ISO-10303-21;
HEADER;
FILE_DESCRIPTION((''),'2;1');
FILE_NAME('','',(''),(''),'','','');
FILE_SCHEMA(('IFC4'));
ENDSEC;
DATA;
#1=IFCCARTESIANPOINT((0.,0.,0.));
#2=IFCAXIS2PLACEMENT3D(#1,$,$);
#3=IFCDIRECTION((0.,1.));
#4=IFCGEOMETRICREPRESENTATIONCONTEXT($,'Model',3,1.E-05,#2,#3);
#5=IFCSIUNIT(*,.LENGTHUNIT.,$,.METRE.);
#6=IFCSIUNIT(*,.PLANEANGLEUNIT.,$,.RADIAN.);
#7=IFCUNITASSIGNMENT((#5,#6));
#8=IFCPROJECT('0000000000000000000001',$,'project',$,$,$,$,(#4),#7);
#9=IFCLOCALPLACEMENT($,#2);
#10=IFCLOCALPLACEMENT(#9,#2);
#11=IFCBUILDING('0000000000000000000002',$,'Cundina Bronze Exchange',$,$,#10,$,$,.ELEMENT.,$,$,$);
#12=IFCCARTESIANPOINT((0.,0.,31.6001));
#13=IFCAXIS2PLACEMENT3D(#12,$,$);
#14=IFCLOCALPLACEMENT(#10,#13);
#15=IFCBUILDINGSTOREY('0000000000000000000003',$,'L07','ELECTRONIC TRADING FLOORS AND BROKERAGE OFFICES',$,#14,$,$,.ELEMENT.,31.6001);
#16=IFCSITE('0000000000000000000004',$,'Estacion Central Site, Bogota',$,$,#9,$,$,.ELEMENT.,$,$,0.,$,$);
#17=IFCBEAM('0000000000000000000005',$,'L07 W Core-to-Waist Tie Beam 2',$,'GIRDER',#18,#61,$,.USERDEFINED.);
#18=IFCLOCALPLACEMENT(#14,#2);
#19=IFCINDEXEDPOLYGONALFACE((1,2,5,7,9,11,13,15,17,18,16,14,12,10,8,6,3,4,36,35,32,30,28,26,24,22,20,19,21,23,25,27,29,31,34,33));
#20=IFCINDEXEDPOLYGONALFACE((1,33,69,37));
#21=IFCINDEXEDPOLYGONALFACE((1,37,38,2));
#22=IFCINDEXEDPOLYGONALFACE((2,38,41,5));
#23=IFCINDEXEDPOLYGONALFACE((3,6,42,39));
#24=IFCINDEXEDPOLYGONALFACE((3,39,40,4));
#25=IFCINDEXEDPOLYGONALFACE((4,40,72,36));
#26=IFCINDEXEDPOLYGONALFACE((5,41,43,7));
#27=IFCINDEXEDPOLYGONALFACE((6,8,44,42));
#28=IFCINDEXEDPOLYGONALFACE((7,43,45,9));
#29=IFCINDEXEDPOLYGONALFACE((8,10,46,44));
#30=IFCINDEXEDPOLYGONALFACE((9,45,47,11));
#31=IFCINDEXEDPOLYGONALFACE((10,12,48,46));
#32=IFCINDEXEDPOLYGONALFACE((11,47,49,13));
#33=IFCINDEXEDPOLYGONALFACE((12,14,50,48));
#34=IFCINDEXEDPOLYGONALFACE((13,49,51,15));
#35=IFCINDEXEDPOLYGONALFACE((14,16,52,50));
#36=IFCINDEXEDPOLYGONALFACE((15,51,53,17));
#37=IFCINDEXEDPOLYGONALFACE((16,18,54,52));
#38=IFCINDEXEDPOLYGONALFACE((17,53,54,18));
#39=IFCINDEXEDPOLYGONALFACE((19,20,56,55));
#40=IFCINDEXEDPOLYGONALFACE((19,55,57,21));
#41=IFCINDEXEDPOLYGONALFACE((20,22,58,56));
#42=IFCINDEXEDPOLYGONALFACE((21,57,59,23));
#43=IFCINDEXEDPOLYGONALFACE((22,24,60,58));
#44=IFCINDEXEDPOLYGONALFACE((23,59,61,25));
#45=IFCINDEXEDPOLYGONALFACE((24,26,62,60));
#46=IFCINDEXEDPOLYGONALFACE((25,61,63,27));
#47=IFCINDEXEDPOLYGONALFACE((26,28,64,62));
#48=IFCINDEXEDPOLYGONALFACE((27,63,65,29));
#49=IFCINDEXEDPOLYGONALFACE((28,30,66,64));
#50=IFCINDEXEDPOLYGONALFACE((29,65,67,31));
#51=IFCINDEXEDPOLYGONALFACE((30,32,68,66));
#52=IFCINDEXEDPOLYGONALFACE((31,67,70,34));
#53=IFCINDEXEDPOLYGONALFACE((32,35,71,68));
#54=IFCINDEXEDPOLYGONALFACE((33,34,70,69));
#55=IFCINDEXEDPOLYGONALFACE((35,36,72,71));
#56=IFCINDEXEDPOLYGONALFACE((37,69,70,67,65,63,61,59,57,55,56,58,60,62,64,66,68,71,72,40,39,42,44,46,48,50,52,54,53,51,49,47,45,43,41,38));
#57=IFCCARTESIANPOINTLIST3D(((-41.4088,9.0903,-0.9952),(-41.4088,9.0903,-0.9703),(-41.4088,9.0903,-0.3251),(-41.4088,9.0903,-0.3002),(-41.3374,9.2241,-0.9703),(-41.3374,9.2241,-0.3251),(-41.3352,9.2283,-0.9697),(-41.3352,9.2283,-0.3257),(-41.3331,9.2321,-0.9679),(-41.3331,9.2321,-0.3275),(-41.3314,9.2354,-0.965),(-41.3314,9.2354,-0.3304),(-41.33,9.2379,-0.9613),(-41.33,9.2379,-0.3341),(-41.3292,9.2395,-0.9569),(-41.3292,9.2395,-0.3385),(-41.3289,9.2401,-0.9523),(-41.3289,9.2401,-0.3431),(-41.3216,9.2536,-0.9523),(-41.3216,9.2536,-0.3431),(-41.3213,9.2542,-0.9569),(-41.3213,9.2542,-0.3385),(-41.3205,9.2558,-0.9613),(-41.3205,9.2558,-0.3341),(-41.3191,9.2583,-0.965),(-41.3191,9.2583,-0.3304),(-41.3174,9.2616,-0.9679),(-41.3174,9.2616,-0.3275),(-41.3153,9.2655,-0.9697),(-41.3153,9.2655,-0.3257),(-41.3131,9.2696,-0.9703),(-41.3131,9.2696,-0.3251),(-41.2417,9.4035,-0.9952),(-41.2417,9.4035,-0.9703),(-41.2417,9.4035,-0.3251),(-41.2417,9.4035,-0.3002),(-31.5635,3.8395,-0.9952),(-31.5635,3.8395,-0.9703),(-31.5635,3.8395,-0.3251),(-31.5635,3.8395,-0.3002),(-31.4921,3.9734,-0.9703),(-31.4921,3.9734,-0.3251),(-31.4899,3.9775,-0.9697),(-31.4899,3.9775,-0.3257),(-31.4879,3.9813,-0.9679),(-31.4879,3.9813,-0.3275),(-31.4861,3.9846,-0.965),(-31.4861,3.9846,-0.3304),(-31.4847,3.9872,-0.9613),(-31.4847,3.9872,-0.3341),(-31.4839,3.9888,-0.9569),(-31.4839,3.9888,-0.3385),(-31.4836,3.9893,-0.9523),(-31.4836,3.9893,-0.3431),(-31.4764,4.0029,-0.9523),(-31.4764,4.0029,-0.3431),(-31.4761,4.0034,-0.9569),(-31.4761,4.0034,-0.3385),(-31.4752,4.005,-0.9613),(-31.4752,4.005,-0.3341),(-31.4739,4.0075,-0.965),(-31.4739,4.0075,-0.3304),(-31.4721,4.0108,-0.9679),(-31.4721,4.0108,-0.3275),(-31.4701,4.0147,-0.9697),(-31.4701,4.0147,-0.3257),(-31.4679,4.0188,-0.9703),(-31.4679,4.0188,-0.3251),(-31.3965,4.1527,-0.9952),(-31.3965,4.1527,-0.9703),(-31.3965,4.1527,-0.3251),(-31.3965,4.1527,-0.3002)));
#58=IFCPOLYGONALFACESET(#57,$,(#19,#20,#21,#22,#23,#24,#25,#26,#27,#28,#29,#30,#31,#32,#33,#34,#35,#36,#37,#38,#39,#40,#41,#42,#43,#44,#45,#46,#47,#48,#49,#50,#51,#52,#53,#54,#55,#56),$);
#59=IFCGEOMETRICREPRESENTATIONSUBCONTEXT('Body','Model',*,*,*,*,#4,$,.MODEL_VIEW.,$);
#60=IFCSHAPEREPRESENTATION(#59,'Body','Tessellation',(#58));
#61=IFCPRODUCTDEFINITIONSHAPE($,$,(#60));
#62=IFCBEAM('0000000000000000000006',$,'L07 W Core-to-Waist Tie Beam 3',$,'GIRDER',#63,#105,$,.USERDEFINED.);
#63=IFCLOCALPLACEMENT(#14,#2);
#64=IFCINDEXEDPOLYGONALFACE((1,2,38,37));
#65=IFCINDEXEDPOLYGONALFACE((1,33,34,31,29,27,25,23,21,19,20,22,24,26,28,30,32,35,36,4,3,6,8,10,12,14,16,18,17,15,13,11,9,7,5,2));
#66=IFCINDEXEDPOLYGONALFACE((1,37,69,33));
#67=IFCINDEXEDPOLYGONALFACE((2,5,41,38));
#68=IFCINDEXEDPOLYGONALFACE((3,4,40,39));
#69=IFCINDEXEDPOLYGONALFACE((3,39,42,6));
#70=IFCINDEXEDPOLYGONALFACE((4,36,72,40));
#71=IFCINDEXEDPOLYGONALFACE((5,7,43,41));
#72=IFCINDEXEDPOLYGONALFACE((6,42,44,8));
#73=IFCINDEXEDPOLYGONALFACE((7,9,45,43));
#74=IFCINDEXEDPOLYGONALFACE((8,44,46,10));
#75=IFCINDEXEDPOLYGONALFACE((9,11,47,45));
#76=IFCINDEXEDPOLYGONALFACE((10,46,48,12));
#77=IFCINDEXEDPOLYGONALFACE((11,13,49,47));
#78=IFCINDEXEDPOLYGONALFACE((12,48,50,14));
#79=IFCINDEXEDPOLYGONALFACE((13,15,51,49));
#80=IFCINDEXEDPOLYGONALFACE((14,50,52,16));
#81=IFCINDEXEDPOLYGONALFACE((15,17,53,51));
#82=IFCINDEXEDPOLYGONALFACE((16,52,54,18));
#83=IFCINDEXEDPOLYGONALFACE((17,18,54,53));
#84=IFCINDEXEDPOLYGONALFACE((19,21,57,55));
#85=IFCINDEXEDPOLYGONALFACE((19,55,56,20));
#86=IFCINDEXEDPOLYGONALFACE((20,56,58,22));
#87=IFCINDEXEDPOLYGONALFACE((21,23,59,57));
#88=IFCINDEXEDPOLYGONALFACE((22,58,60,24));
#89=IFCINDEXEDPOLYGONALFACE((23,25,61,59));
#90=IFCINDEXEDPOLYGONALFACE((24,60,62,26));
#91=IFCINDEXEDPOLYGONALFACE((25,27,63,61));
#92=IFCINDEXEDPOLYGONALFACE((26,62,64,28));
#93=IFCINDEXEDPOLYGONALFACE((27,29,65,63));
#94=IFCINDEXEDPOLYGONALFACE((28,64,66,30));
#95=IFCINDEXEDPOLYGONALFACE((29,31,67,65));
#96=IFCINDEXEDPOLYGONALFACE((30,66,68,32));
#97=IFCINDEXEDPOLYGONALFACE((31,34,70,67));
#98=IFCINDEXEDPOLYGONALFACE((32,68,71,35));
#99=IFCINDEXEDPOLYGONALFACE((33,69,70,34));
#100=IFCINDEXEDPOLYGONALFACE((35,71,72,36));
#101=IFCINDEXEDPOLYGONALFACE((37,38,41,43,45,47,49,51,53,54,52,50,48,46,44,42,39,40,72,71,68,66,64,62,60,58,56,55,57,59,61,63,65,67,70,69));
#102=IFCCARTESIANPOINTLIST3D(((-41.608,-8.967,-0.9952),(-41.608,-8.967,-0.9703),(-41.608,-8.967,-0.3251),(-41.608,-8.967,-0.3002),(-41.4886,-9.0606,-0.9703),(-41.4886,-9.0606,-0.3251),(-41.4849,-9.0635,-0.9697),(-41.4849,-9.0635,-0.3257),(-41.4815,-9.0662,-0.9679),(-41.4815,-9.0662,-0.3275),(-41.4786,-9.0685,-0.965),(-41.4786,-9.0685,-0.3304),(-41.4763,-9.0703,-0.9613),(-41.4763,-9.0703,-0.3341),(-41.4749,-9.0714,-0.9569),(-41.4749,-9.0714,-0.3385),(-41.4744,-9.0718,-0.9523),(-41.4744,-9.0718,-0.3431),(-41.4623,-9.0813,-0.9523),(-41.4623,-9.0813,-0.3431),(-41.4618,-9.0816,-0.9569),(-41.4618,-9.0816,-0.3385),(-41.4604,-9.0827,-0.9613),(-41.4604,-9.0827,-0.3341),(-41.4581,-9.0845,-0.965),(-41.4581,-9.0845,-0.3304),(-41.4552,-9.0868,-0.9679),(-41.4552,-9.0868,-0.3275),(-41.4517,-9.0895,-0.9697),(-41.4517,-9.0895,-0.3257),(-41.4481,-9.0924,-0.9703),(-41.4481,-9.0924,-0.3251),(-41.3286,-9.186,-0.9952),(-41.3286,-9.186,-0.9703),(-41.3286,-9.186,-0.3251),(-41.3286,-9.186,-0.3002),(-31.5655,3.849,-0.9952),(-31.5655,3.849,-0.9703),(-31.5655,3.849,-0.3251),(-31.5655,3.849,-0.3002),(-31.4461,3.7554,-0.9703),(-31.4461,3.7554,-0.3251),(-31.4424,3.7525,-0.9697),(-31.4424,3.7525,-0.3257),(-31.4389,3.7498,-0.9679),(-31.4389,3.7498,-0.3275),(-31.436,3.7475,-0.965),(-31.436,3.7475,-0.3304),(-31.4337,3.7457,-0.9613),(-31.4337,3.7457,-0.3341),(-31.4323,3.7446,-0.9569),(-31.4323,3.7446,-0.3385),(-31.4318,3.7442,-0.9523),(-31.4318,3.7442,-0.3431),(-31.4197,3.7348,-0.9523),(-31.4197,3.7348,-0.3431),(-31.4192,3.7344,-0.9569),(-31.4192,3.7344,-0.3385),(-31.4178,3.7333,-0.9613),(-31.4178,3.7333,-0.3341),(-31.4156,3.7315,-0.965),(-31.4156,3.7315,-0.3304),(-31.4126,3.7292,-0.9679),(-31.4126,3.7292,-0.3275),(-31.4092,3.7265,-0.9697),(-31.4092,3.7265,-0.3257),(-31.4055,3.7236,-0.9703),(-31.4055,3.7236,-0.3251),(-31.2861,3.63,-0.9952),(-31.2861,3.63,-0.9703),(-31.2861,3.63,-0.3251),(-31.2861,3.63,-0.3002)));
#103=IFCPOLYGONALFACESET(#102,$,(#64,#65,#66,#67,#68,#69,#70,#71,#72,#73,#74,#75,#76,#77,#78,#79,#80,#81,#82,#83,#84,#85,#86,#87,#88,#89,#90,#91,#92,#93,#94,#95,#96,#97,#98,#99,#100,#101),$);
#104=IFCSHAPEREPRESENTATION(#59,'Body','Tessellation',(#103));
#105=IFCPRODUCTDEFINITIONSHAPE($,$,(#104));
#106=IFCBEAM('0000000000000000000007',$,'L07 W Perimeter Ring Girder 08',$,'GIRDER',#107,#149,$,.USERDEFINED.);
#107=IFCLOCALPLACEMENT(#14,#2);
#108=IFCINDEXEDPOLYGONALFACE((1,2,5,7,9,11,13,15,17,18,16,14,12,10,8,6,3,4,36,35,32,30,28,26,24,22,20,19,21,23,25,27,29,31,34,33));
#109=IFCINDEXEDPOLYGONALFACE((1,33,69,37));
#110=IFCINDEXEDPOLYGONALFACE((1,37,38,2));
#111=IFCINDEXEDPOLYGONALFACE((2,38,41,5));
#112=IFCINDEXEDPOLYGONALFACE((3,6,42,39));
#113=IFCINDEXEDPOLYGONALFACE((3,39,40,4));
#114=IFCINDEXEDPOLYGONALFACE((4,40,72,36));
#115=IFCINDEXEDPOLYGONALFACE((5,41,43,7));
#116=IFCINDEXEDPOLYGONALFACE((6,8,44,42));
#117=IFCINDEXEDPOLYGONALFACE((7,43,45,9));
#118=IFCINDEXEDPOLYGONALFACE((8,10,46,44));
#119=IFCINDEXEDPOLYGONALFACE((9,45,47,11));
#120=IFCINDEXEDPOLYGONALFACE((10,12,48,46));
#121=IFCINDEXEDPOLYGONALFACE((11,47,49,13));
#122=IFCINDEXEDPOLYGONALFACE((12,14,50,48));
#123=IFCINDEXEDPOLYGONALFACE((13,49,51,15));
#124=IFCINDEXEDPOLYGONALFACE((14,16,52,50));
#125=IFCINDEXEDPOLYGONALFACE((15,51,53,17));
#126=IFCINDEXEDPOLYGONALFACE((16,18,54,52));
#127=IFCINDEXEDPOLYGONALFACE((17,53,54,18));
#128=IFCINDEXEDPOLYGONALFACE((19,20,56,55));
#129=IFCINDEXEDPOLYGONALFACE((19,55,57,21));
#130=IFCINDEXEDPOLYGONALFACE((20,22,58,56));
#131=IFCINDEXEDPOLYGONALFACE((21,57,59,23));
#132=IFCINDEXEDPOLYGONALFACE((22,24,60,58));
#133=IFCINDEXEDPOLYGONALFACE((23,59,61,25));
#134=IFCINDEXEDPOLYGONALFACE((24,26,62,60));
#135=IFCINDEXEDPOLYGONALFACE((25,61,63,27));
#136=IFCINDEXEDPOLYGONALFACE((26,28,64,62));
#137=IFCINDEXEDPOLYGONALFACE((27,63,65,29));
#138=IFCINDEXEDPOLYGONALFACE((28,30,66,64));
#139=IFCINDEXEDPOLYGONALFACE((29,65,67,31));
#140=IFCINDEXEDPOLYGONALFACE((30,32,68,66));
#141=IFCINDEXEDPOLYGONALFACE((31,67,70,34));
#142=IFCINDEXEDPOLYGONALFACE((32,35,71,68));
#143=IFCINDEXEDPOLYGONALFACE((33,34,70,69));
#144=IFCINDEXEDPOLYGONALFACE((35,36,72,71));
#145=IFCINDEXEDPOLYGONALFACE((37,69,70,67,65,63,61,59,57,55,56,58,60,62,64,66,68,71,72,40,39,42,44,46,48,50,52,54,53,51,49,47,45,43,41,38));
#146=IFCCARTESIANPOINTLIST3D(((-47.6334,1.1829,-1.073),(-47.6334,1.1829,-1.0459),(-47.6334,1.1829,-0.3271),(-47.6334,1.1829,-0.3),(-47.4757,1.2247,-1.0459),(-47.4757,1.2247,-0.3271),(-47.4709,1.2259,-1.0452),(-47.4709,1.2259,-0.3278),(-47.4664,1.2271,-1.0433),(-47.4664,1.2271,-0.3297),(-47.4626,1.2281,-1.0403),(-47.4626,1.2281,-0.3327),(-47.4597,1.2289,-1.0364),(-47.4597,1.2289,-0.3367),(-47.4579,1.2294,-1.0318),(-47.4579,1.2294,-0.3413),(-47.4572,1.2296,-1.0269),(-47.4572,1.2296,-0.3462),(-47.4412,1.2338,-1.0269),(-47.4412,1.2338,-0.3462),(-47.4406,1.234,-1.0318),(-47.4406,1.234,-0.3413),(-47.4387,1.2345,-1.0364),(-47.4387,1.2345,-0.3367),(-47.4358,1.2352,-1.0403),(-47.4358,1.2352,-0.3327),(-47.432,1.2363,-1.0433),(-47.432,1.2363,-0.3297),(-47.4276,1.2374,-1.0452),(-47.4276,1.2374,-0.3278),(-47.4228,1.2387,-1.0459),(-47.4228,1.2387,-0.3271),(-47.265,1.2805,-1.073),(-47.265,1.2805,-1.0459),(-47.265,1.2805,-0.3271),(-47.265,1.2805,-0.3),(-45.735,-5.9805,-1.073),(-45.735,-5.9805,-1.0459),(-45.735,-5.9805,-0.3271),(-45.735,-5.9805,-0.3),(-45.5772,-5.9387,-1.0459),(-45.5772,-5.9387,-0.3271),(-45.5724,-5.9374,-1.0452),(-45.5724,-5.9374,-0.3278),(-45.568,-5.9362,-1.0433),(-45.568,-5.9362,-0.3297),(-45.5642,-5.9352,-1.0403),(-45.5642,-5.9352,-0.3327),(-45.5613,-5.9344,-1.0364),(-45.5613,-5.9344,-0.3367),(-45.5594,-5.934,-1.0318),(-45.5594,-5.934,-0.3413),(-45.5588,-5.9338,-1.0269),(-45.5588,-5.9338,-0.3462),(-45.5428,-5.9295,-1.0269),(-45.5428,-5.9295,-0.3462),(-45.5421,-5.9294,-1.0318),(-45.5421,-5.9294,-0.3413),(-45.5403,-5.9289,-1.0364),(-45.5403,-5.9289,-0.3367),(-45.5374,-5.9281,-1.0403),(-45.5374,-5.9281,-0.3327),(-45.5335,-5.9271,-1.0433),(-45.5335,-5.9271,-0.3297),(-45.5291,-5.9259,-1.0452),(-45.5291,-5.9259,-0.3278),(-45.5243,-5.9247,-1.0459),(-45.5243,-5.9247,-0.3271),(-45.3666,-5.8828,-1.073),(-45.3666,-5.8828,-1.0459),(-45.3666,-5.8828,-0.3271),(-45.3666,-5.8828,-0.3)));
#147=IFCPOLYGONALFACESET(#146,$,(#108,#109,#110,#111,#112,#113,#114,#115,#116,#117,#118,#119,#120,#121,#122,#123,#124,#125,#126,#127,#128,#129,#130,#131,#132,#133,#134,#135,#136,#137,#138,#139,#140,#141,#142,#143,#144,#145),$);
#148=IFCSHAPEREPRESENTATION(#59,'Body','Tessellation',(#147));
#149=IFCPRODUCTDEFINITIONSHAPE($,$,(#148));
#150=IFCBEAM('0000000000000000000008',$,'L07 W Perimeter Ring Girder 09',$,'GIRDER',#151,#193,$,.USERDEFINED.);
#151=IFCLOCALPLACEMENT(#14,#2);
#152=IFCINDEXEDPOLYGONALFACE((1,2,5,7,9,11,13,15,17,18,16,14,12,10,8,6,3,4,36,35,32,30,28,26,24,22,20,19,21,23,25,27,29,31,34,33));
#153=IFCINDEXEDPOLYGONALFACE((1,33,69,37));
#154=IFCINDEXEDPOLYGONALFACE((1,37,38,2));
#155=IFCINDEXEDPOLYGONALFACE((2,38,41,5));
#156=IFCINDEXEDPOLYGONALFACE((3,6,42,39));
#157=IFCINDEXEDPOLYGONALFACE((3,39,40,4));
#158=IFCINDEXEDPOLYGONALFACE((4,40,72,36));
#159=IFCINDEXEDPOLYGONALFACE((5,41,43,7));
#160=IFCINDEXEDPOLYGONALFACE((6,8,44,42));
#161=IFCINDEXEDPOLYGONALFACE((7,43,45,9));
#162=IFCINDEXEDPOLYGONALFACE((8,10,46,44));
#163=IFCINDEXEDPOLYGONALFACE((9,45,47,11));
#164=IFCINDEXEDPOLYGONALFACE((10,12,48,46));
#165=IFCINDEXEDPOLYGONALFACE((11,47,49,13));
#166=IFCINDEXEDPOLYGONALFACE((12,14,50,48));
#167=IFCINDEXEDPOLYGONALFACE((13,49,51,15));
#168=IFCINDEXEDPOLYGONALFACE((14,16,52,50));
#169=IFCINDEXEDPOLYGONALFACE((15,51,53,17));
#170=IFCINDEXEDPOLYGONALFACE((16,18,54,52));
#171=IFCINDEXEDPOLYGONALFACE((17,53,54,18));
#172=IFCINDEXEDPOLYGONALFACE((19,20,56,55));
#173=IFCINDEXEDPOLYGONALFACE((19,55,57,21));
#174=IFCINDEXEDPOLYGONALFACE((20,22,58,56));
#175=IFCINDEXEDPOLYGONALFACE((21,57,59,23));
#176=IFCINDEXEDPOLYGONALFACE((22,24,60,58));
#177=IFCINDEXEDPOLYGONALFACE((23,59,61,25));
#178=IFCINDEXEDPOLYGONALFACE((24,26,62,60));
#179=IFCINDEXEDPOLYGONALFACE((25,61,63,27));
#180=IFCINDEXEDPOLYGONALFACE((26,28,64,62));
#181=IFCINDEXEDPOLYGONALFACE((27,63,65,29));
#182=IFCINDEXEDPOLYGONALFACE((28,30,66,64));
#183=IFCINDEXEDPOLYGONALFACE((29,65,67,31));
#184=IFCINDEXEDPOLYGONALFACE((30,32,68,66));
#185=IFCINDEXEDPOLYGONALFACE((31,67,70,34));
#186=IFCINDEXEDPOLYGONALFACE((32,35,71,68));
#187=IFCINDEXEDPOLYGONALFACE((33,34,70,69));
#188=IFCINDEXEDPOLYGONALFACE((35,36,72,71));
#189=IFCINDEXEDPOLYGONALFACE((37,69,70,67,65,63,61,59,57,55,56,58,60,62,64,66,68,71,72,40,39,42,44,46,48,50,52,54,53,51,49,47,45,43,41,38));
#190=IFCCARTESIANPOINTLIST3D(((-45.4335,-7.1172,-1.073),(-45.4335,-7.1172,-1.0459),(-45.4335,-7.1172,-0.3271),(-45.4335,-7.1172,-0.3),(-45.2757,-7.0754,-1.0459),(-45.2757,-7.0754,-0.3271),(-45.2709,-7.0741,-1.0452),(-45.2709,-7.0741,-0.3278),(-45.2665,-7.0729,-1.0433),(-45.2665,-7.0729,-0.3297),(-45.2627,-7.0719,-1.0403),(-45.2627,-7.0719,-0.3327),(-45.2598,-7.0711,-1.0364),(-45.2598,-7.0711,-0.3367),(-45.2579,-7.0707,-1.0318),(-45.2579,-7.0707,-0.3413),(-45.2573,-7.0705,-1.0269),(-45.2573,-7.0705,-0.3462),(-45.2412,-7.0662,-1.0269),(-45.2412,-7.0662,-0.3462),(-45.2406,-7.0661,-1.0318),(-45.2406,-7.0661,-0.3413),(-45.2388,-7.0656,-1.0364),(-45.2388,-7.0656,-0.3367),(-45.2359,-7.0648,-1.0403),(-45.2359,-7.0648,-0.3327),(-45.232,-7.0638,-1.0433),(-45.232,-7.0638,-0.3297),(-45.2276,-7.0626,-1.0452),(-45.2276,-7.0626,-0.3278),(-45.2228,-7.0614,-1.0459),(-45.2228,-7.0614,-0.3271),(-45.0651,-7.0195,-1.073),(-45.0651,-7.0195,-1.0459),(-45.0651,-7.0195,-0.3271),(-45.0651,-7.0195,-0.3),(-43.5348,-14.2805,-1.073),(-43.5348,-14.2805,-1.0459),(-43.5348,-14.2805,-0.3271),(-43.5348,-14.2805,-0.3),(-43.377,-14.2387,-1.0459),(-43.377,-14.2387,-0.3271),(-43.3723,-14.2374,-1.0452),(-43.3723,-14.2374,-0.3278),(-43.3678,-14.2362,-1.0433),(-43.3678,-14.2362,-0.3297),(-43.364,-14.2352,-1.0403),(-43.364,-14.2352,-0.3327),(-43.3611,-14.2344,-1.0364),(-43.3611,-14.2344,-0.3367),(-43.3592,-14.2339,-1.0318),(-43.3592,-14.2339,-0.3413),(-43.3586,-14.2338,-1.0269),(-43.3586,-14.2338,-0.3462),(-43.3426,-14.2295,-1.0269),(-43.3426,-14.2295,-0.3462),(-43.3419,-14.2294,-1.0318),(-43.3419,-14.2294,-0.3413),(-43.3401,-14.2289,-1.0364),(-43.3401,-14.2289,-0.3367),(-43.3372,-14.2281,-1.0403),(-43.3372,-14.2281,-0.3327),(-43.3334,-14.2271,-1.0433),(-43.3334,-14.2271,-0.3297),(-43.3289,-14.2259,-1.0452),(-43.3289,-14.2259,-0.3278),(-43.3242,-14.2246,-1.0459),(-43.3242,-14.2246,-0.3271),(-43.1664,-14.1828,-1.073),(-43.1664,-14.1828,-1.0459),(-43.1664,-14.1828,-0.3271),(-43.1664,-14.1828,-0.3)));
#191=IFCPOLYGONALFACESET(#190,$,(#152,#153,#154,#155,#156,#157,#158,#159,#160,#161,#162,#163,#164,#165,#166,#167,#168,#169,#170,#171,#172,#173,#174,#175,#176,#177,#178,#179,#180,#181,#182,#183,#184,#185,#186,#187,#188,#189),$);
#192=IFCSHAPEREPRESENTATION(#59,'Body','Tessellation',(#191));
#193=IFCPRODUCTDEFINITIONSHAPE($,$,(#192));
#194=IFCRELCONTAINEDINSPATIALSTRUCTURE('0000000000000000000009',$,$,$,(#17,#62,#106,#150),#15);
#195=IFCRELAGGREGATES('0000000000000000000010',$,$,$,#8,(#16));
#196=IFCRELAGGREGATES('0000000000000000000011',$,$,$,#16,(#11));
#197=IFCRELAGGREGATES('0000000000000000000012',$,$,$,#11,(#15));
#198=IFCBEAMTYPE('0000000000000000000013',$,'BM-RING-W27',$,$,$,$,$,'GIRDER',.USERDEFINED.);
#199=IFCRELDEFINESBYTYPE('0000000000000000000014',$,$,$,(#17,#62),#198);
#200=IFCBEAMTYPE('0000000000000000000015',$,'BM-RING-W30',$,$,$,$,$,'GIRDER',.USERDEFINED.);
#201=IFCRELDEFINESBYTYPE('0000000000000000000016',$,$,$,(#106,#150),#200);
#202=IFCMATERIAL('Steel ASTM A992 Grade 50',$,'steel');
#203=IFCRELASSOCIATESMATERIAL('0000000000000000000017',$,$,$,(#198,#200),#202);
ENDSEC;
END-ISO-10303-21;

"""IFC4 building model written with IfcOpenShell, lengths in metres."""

from ifc_helpers import new_model, si_unit, direction, frame, origin, origin_2d, place, context, subcontext, project, spatial, i_section, extrude, material, material_profile, profile_set, type_object, element, save


model = new_model("IFC4")

# Units and contexts
model_context = context("Model", 3, precision=1e-05, world=origin(), true_north=direction((0.0, 1.0)))
body_context = subcontext(model_context, "Body", "Model", "MODEL_VIEW")
ifc_project = project(units=[si_unit("LENGTHUNIT", "METRE"), si_unit("PLANEANGLEUNIT", "RADIAN")], contexts=[model_context])

# Site, building, storey
site_placement = place(None, origin())
site = spatial("IfcSite", under=ifc_project, at=site_placement, Name="Estacion Central Site, Bogota", CompositionType="ELEMENT", RefElevation=0.0)
building_placement = place(site_placement, origin())
building = spatial("IfcBuilding", under=site, at=building_placement, Name="Cundina Bronze Exchange", CompositionType="ELEMENT")
storey_placement = place(building_placement, frame((0.0, 0.0, 31.6001)))
storey = spatial("IfcBuildingStorey", under=building, at=storey_placement, Name="L07", Description="ELECTRONIC TRADING FLOORS AND BROKERAGE OFFICES", CompositionType="ELEMENT", Elevation=31.6001)

# Shared definitions
ifc_material_1 = material(Name="Steel ASTM A992 Grade 50", Category="steel")

# Beams
ifc_material_profile_1 = material_profile(ifc_material_1, i_section(OverallWidth=0.355, OverallDepth=0.6951, WebThickness=0.0154, FlangeThickness=0.0249, FilletRadius=0.0181, at=origin_2d()), Name="W27X146", Category="steel")
ifc_profile_set_1 = profile_set([ifc_material_profile_1], Name="Steel ASTM A992 Grade 50")
beam_type_1 = type_object("IfcBeamType", Name="BM-RING-W27", ElementType="GIRDER", PredefinedType="USERDEFINED", material=ifc_profile_set_1)
beam_1_placement = place(storey_placement, frame((-31.48, 3.9961, -0.6477), z_axis=(-0.882355, 0.470585, 0.0), x_axis=(-0.470585, -0.882355, 0.0)))
element("IfcBeam", 1, at=beam_1_placement, inside=storey, type_object=beam_type_1, Name="L07 W Core-to-Waist Tie Beam 2", ObjectType="GIRDER", PredefinedType="USERDEFINED", context=body_context, shape_type="SweptSolid", body=[
    extrude(i_section(OverallWidth=0.355, OverallDepth=0.6951, WebThickness=0.0154, FlangeThickness=0.0249, FilletRadius=0.0181, at=origin_2d()), origin(), (0.0, 0.0, 1.0), 11.158),
])
beam_2_placement = place(storey_placement, frame((-31.4258, 3.7395, -0.6477), z_axis=(-0.616789, -0.787128, 0.0), x_axis=(0.787128, -0.616789, 0.0)))
element("IfcBeam", 2, at=beam_2_placement, inside=storey, type_object=beam_type_1, Name="L07 W Core-to-Waist Tie Beam 3", ObjectType="GIRDER", PredefinedType="USERDEFINED", context=body_context, shape_type="SweptSolid", body=[
    extrude(i_section(OverallWidth=0.355, OverallDepth=0.6951, WebThickness=0.0154, FlangeThickness=0.0249, FilletRadius=0.0181, at=origin_2d()), origin(), (0.0, 0.0, 1.0), 16.282),
])
ifc_material_profile_2 = material_profile(ifc_material_1, i_section(OverallWidth=0.3811, OverallDepth=0.7729, WebThickness=0.0166, FlangeThickness=0.0271, FilletRadius=0.019, at=origin_2d()), Name="W30X173", Category="steel")
ifc_profile_set_2 = profile_set([ifc_material_profile_2], Name="Steel ASTM A992 Grade 50")
beam_type_2 = type_object("IfcBeamType", Name="BM-RING-W30", ElementType="GIRDER", PredefinedType="USERDEFINED", material=ifc_profile_set_2)
for number, where, z_axis, x_axis, name in (
    (3, (-47.4492, 1.2317, -0.6865), (0.256178, -0.96663, 0.0), (0.96663, 0.256178, 0.0), "L07 W Perimeter Ring Girder 08"),
    (4, (-45.2493, -7.0684, -0.6865), (0.256209, -0.966622, 0.0), (0.966622, 0.256209, 0.0), "L07 W Perimeter Ring Girder 09"),
):
    element("IfcBeam", number, at=place(storey_placement, frame(where, z_axis=z_axis, x_axis=x_axis)), inside=storey, type_object=beam_type_2, Name=name, ObjectType="GIRDER", PredefinedType="USERDEFINED", context=body_context, shape_type="SweptSolid", body=[
        extrude(i_section(OverallWidth=0.3811, OverallDepth=0.7729, WebThickness=0.0166, FlangeThickness=0.0271, FilletRadius=0.019, at=origin_2d()), origin(), (0.0, 0.0, 1.0), 7.4106),
    ])

save(model, "model.ifc")
